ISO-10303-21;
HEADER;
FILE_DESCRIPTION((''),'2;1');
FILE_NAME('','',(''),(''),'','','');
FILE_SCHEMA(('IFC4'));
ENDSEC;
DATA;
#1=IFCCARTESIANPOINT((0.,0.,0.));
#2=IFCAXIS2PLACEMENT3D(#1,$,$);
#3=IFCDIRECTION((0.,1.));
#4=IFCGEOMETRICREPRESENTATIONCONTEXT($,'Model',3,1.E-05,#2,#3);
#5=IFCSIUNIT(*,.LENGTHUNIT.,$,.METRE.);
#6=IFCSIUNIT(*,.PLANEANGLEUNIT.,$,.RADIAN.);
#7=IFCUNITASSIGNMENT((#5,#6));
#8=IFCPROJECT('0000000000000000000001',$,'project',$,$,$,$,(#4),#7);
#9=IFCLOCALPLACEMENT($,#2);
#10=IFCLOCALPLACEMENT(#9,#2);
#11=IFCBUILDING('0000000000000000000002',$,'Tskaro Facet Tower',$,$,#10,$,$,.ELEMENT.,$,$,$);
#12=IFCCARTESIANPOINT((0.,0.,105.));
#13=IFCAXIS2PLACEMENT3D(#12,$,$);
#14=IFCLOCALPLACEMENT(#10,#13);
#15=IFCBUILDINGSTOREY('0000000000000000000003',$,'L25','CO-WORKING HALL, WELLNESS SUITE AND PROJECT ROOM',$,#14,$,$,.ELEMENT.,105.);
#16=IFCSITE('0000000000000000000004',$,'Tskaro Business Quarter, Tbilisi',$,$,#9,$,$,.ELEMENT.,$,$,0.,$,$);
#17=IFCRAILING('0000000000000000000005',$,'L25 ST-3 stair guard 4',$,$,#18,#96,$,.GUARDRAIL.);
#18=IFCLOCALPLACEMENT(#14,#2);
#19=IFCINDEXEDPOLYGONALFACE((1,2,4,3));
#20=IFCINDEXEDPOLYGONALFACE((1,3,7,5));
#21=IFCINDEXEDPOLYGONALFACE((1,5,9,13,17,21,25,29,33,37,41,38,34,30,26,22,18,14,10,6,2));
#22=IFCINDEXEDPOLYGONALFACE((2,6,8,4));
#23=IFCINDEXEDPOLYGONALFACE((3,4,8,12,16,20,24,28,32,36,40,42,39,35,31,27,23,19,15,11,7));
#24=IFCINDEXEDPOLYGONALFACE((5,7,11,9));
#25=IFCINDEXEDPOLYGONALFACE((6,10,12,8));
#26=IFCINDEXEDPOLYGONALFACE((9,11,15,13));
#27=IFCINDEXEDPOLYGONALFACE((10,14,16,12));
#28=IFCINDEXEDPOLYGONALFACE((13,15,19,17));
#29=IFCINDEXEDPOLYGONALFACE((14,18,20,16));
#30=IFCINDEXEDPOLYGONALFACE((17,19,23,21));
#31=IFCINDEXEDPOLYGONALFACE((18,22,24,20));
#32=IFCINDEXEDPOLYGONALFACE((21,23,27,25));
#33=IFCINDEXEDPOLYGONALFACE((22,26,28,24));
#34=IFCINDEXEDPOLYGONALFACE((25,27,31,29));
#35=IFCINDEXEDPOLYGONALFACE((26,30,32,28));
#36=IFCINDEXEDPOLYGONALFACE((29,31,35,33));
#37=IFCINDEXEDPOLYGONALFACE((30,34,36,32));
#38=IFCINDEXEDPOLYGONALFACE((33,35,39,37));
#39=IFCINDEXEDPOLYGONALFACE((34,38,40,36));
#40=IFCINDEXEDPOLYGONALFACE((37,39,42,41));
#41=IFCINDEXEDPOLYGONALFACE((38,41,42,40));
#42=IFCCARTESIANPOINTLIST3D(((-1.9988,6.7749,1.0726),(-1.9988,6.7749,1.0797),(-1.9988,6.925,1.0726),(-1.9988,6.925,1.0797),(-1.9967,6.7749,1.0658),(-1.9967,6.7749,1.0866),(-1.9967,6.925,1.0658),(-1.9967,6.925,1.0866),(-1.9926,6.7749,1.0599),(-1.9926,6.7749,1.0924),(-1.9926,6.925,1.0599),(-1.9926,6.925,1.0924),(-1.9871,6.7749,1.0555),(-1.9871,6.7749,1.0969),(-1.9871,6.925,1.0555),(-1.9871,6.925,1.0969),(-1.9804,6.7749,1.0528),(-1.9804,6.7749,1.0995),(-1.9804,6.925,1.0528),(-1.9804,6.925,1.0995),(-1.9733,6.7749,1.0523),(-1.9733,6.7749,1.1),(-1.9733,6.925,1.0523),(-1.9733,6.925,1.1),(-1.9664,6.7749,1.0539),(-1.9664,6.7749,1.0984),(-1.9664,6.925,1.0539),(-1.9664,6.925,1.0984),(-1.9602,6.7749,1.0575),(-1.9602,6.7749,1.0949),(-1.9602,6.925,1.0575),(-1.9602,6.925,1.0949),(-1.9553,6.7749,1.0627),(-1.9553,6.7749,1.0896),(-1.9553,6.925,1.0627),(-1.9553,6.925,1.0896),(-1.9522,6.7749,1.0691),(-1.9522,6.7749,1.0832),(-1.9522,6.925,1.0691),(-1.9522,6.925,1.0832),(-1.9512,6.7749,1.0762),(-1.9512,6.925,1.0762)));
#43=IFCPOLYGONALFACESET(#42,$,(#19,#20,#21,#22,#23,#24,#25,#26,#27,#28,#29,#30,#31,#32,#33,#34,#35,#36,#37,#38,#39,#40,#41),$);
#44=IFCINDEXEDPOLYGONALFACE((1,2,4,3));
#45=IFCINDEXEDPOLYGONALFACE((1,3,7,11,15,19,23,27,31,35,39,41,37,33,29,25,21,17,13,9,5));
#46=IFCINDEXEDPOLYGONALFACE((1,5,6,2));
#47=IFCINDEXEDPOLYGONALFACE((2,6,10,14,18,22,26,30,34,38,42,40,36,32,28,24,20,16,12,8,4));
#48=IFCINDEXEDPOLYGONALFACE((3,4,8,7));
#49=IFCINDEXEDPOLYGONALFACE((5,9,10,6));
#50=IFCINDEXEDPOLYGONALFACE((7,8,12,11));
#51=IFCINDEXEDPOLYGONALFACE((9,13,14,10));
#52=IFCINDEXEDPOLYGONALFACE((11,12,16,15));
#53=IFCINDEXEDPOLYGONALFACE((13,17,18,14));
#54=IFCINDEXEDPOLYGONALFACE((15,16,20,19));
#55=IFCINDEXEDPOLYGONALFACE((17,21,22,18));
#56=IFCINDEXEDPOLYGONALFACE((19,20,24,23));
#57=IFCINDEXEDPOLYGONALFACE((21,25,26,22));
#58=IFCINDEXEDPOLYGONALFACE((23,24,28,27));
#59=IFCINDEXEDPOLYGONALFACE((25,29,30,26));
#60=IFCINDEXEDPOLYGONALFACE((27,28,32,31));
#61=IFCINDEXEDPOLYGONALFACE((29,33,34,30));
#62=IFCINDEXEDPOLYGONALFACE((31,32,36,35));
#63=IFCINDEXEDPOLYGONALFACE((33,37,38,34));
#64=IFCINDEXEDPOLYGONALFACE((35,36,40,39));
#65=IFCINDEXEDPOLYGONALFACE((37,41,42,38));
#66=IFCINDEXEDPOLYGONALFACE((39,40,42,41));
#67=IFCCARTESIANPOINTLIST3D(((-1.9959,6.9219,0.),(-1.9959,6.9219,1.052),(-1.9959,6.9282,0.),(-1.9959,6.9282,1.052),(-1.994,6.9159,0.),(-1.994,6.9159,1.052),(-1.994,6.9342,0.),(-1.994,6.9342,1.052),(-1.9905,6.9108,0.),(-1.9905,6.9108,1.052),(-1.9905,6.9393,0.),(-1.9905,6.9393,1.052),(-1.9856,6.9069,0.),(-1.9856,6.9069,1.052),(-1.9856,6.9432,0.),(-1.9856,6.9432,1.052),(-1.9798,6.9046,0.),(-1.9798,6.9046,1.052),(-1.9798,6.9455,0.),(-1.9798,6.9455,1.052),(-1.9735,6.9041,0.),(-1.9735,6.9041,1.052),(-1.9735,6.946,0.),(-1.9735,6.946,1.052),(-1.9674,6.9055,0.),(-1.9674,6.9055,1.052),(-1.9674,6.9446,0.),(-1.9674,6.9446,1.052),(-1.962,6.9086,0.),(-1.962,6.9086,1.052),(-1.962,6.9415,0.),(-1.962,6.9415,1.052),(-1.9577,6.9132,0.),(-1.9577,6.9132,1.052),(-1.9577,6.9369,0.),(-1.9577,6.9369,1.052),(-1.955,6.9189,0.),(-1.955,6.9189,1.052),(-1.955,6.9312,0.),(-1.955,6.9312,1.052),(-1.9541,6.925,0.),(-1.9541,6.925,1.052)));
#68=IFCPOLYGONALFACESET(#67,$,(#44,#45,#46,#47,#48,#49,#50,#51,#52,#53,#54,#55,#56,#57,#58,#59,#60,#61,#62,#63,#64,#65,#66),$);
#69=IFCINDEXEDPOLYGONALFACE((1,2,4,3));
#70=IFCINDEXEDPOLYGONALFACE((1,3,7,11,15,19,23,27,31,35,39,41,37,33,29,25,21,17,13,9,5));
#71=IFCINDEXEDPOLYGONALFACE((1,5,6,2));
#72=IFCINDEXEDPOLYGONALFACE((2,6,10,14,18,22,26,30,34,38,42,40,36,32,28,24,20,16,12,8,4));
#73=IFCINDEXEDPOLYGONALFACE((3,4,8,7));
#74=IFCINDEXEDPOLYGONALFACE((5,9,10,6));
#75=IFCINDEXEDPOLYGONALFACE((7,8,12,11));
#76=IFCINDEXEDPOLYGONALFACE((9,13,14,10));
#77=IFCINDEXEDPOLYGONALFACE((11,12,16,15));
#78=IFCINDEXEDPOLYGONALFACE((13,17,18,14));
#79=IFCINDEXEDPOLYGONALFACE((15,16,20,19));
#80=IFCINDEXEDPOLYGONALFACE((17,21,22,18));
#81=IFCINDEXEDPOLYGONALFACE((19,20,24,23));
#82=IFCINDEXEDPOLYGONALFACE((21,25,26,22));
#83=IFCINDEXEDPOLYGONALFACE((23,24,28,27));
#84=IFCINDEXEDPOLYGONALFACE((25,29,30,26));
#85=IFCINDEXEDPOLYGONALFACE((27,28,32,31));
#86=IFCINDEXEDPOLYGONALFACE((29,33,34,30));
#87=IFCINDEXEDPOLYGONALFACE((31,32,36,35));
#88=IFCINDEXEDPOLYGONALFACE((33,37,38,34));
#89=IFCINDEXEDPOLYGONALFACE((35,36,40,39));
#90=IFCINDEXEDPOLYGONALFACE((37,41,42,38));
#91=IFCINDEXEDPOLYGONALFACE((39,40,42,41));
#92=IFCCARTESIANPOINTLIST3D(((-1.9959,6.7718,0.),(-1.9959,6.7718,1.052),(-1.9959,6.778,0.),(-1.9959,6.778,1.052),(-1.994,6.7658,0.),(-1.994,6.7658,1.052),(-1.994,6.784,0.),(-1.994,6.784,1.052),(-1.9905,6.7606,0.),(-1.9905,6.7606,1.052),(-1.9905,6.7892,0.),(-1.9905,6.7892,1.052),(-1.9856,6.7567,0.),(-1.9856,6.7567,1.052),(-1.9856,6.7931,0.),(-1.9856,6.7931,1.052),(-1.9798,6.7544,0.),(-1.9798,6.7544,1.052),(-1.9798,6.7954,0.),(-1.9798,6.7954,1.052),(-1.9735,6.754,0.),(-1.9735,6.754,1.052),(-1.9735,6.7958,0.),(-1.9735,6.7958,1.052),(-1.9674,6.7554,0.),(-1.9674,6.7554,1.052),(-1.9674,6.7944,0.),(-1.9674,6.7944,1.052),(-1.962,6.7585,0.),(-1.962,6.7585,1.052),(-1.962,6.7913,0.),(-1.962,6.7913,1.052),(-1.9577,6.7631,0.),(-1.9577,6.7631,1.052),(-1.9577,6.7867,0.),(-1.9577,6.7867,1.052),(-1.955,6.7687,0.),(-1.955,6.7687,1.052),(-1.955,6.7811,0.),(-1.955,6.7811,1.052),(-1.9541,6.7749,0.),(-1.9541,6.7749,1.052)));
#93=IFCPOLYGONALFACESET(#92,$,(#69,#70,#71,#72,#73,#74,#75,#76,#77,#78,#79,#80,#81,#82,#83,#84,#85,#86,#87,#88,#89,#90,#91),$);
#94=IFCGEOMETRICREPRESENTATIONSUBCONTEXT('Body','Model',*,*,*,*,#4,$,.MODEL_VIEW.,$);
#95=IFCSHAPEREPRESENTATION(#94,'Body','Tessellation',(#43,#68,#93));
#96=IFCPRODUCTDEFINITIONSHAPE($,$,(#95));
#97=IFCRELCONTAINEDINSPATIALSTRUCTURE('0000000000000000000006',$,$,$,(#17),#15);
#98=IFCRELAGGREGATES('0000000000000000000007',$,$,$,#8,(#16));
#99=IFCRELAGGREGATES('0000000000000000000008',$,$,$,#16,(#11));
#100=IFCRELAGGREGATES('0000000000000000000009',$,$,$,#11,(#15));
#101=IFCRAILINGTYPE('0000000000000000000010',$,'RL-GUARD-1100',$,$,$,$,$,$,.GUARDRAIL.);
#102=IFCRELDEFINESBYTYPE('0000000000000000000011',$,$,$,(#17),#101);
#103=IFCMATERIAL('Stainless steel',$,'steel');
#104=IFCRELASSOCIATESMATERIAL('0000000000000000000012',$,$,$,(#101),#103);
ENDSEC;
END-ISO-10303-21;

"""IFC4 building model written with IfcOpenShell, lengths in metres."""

from ifc_helpers import new_model, si_unit, direction, frame, origin, origin_2d, place, context, subcontext, project, spatial, circle, extrude, material, type_object, element, save


model = new_model("IFC4")

# Units and contexts
model_context = context("Model", 3, precision=1e-05, world=origin(), true_north=direction((0.0, 1.0)))
body_context = subcontext(model_context, "Body", "Model", "MODEL_VIEW")
ifc_project = project(units=[si_unit("LENGTHUNIT", "METRE"), si_unit("PLANEANGLEUNIT", "RADIAN")], contexts=[model_context])

# Site, building, storey
site_placement = place(None, origin())
site = spatial("IfcSite", under=ifc_project, at=site_placement, Name="Tskaro Business Quarter, Tbilisi", CompositionType="ELEMENT", RefElevation=0.0)
building_placement = place(site_placement, origin())
building = spatial("IfcBuilding", under=site, at=building_placement, Name="Tskaro Facet Tower", CompositionType="ELEMENT")
storey_placement = place(building_placement, frame((0.0, 0.0, 105.0)))
storey = spatial("IfcBuildingStorey", under=building, at=storey_placement, Name="L25", Description="CO-WORKING HALL, WELLNESS SUITE AND PROJECT ROOM", CompositionType="ELEMENT", Elevation=105.0)

# Railing
ifc_material_1 = material(Name="Stainless steel", Category="steel")
railing_type_1 = type_object("IfcRailingType", Name="RL-GUARD-1100", PredefinedType="GUARDRAIL", material=ifc_material_1)
railing_1_placement = place(storey_placement, frame((-1.9751, 6.925, 0.0)))
element("IfcRailing", 1, at=railing_1_placement, inside=storey, type_object=railing_type_1, Name="L25 ST-3 stair guard 4", PredefinedType="GUARDRAIL", context=body_context, shape_type="SweptSolid", body=[
    extrude(circle(Radius=0.0239, at=origin_2d()), frame((0.0, 0.0, 1.0762), z_axis=(0.0, -1.0, 0.0), x_axis=(1.0, 0.0, 0.0)), (0.0, 0.0, 1.0), 0.1501),
    extrude(circle(Radius=0.021, at=origin_2d()), origin(), (0.0, 0.0, 1.0), 1.052),
    extrude(circle(Radius=0.021, at=origin_2d()), frame((0.0, -0.1501, 0.0)), (0.0, 0.0, 1.0), 1.052),
])

save(model, "model.ifc")
